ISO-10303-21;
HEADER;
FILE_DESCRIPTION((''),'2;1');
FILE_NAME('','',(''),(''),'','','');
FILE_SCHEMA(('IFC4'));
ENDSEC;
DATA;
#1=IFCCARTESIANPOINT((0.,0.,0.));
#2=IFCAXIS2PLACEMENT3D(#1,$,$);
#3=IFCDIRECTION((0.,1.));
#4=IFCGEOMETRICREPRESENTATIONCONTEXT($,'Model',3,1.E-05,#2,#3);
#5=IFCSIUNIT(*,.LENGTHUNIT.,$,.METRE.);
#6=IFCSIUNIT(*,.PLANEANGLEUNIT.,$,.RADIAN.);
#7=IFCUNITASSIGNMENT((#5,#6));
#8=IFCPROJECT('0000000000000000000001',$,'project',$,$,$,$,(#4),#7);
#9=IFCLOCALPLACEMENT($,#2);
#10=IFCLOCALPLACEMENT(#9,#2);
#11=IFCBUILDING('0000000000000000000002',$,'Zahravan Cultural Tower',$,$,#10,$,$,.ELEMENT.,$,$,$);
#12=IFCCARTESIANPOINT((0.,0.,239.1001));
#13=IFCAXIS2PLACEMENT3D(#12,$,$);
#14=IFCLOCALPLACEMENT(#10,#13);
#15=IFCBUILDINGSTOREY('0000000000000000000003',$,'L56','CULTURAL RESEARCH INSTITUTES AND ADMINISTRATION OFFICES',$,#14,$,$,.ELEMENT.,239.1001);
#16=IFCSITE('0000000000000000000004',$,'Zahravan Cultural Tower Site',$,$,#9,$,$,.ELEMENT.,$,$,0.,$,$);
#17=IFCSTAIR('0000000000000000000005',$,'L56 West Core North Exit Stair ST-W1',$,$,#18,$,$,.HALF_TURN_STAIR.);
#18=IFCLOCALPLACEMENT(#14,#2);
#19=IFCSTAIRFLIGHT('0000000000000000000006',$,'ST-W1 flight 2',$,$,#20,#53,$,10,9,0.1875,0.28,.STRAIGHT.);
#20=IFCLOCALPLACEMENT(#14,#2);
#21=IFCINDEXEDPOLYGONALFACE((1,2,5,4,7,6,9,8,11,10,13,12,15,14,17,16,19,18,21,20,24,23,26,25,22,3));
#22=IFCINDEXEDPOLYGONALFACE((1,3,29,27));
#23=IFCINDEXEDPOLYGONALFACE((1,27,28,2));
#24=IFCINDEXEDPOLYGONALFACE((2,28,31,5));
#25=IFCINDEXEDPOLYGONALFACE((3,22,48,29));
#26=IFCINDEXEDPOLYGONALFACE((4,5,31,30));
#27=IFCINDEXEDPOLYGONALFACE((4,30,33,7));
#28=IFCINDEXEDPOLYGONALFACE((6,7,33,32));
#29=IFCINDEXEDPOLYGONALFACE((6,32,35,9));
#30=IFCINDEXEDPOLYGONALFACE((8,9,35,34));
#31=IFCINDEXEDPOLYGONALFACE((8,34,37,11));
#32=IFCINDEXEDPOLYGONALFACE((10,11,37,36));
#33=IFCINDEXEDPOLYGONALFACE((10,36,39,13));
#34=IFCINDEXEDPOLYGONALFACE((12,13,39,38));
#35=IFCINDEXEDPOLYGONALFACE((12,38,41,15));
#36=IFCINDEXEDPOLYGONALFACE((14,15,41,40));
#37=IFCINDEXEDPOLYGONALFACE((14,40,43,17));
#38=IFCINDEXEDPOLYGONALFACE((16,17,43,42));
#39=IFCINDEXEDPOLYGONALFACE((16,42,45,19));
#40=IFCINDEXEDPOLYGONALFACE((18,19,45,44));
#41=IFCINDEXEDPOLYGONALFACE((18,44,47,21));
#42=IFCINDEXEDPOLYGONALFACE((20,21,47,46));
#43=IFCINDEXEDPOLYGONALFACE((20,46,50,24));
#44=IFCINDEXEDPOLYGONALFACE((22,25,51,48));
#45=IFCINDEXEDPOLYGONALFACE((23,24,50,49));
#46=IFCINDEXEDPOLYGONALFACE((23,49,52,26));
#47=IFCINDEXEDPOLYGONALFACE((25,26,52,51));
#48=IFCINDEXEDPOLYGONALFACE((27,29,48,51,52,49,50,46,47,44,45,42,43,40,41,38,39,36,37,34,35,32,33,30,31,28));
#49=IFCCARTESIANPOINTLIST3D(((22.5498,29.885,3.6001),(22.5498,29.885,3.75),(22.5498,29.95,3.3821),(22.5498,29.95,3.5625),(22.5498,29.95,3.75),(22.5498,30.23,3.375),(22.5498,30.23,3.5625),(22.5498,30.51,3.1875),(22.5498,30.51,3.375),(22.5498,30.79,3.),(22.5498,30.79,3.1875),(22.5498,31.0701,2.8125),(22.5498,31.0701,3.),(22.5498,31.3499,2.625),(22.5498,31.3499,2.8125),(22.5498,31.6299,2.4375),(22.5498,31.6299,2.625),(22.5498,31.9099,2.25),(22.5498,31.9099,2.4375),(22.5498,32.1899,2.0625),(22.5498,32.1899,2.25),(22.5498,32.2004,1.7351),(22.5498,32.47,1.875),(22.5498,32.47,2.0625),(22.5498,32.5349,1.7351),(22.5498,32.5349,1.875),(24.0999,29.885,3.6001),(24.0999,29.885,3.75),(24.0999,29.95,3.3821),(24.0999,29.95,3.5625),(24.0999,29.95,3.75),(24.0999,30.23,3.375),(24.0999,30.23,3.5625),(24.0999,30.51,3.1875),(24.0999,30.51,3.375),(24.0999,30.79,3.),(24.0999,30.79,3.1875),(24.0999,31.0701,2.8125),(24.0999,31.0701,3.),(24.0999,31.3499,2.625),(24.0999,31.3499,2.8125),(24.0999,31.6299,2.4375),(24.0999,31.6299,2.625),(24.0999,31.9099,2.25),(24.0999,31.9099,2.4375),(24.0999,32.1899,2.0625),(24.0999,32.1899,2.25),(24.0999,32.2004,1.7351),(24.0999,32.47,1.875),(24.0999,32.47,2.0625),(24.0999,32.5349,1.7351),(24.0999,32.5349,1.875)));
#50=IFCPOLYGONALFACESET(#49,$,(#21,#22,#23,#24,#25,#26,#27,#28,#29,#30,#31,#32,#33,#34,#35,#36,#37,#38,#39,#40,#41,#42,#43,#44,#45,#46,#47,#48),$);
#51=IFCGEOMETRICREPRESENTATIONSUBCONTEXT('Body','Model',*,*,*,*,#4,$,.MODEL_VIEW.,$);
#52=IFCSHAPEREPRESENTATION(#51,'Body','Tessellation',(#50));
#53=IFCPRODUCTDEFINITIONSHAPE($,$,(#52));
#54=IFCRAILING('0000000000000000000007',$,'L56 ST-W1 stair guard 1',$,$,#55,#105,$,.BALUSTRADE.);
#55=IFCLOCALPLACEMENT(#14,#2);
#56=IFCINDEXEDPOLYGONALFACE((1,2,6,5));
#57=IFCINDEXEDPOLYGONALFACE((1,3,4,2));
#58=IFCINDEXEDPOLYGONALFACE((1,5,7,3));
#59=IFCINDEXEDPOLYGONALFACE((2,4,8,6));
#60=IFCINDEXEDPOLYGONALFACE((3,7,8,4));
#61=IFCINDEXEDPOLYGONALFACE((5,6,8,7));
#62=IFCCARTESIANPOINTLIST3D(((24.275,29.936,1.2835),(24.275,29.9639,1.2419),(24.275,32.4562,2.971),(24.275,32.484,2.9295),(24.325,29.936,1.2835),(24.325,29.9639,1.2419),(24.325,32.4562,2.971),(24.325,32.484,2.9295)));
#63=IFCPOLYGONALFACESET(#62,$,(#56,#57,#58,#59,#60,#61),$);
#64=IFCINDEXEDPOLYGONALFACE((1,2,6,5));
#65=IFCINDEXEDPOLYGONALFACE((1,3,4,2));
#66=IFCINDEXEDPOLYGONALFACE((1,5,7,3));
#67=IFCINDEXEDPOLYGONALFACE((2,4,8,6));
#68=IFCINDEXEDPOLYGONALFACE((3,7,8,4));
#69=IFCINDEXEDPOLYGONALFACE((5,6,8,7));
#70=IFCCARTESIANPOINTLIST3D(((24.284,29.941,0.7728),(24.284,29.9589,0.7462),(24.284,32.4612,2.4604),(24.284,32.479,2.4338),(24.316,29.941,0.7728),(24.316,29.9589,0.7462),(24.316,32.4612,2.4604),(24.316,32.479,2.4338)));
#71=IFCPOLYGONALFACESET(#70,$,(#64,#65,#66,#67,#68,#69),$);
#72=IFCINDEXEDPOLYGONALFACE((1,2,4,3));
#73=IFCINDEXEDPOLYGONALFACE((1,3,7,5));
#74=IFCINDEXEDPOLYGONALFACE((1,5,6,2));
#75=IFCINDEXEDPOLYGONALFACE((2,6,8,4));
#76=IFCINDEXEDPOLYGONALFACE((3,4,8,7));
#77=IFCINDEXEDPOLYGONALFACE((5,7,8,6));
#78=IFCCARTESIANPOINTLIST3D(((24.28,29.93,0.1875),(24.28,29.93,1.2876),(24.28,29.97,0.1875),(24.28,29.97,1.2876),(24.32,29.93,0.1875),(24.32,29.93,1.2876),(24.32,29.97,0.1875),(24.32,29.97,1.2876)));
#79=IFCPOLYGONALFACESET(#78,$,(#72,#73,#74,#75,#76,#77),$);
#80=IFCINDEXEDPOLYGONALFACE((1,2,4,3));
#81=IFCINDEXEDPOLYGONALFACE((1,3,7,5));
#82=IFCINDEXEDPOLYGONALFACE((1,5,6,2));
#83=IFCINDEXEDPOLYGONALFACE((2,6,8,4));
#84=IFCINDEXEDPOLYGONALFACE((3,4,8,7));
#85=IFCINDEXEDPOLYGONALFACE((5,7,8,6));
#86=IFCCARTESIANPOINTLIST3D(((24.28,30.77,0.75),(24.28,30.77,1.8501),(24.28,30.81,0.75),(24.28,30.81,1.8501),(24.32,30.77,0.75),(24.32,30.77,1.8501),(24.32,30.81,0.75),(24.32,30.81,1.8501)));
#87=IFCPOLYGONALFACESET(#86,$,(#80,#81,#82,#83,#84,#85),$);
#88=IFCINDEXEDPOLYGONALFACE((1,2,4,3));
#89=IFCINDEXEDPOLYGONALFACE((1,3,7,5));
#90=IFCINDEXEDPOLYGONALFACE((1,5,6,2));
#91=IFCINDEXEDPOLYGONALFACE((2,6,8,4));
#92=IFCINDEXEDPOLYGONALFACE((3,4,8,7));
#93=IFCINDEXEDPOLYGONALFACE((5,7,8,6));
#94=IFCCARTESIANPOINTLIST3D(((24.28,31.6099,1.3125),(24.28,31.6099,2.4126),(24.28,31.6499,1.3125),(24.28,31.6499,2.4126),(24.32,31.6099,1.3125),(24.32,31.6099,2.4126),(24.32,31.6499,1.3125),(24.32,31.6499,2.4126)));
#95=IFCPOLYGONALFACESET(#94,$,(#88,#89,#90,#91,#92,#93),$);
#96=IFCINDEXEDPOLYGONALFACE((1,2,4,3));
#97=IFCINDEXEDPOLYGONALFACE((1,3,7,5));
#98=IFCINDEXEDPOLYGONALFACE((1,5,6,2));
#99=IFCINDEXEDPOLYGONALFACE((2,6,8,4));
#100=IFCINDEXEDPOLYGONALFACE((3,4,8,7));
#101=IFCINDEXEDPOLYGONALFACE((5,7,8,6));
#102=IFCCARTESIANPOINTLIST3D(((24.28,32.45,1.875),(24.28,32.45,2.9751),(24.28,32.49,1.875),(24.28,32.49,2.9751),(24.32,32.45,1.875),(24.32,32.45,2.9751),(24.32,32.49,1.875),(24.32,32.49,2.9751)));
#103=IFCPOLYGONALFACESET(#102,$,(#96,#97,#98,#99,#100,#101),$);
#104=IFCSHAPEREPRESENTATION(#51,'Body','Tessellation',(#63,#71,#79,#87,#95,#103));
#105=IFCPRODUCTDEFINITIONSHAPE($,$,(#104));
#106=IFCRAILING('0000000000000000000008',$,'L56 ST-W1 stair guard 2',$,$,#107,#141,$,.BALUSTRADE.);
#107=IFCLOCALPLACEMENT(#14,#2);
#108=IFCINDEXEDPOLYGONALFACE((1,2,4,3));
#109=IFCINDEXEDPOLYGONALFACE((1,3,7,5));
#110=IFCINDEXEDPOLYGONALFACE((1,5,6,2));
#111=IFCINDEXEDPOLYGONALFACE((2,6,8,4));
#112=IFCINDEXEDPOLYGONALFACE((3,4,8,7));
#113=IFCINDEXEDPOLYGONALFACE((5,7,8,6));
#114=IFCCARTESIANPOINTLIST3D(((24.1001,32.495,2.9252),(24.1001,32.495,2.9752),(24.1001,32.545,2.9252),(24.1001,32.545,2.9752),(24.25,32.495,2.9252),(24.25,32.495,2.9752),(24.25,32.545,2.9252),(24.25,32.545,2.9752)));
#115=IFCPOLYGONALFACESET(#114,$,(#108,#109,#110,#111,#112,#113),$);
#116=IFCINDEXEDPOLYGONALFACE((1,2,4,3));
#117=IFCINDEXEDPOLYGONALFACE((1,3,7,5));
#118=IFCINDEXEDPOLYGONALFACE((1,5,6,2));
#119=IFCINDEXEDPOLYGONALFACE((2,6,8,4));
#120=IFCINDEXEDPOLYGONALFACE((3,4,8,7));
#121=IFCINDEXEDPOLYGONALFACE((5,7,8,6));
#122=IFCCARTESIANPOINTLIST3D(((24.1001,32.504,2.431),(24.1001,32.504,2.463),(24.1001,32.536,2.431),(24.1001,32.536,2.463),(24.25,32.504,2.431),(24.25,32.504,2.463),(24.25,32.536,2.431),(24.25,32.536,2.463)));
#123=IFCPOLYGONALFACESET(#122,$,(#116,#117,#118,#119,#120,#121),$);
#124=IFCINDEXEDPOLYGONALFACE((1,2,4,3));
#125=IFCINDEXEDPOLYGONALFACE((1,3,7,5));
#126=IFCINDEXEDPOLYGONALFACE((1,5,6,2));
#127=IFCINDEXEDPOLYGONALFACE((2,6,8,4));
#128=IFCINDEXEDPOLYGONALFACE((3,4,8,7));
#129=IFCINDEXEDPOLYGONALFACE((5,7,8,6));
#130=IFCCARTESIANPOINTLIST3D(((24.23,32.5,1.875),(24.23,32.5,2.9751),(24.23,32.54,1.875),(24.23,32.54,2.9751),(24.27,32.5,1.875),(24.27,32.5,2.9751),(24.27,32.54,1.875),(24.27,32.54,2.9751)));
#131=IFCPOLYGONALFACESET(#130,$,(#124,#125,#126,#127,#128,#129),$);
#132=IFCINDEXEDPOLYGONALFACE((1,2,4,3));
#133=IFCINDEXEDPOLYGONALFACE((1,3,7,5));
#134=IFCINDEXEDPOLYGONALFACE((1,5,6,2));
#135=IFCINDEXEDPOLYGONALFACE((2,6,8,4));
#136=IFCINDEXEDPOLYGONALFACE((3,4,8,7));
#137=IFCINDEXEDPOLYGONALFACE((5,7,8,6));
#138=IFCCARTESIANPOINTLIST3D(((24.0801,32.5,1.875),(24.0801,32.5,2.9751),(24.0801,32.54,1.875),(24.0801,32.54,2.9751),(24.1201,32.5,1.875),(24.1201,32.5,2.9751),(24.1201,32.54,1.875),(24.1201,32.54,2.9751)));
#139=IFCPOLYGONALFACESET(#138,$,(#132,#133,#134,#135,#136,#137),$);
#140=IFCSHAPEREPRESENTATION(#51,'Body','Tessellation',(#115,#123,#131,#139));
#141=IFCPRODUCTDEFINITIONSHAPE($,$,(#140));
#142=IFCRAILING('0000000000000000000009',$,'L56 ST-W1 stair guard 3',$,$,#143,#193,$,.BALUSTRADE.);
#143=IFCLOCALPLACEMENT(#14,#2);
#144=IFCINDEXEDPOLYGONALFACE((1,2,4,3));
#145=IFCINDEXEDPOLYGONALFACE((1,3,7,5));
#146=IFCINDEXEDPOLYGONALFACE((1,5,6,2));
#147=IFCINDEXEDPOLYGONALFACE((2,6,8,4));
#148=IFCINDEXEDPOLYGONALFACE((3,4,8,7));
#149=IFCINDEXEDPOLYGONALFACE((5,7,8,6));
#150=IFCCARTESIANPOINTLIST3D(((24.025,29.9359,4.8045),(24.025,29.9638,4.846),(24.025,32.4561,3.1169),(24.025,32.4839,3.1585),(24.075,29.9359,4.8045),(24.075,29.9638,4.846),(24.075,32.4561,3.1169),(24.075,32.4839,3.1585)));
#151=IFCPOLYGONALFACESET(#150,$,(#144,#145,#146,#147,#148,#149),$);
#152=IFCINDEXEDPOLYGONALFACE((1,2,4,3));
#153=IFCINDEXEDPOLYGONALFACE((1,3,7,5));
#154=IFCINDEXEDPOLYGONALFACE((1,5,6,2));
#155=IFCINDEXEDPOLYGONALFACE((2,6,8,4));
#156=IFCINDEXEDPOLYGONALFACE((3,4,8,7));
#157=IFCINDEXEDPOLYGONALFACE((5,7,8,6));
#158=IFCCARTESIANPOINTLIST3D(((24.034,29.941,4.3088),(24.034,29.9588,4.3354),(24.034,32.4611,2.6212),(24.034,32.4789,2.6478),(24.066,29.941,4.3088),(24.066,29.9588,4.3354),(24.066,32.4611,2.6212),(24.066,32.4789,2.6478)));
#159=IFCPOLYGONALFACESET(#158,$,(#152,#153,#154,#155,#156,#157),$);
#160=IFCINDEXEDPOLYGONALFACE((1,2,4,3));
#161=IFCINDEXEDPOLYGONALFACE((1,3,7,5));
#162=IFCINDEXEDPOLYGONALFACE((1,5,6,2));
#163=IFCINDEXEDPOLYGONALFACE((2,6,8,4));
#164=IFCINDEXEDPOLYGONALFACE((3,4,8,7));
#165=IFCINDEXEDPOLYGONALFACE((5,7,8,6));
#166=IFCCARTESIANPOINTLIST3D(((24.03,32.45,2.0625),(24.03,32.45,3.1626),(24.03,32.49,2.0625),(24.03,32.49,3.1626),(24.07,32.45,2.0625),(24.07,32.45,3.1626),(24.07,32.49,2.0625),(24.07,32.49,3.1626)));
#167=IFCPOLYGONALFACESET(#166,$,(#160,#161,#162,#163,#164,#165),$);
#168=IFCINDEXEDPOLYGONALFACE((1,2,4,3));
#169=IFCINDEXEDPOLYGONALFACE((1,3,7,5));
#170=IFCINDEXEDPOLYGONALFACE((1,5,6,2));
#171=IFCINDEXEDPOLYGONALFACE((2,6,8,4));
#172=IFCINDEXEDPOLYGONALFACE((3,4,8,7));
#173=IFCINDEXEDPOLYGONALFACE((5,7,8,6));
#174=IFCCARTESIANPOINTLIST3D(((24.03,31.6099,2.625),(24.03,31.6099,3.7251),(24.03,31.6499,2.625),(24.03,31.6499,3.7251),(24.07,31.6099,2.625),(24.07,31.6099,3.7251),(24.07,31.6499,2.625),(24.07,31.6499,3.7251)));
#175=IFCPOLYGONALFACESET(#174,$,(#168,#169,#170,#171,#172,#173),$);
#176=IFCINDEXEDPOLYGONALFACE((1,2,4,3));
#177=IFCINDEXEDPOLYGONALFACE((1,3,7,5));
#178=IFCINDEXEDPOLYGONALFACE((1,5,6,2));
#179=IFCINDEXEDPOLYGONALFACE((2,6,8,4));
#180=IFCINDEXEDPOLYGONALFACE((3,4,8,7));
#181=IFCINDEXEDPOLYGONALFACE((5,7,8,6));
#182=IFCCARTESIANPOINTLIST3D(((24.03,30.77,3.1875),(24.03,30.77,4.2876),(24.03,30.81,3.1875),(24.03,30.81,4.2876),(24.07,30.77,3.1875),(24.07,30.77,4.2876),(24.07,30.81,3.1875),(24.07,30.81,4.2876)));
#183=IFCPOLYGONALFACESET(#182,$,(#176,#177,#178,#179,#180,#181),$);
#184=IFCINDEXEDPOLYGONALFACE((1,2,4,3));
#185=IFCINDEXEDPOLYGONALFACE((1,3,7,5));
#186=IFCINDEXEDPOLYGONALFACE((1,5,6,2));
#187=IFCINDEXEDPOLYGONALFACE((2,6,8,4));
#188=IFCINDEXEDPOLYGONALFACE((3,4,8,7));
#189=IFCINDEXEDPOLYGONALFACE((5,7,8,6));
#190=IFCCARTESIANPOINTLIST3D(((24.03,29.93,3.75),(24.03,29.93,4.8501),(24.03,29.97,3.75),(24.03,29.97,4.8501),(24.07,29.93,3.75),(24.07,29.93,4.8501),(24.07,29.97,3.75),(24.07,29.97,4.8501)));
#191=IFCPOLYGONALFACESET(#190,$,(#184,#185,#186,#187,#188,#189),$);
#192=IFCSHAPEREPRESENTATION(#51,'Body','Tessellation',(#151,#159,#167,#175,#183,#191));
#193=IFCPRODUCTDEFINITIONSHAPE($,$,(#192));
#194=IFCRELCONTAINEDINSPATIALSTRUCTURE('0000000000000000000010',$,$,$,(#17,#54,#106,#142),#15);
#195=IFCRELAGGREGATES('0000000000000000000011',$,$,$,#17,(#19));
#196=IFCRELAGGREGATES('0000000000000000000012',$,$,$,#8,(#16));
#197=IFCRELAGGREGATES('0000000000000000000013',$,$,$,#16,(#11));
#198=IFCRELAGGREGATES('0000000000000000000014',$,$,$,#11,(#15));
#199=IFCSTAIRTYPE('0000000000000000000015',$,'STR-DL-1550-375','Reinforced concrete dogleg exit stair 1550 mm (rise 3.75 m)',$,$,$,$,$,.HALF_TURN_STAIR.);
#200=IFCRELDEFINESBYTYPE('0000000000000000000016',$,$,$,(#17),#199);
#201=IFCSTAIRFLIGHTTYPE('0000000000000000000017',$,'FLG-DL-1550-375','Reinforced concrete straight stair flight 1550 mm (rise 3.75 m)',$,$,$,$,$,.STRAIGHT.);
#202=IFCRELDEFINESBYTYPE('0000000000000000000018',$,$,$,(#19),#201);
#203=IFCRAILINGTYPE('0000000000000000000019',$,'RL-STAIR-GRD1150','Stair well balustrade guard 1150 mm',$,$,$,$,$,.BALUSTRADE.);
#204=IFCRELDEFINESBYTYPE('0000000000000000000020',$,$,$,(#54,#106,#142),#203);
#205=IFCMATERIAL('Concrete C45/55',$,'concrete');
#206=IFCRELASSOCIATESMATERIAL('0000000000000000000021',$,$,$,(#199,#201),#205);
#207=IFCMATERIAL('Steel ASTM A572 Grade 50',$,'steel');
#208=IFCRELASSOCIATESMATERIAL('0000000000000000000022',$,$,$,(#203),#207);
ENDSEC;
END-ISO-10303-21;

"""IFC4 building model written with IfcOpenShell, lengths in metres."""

from ifc_helpers import new_model, si_unit, direction, frame, origin, origin_2d, place, context, subcontext, project, spatial, polyline, rectangle, outline, extrude, material, type_object, element, aggregate, save


model = new_model("IFC4")

# Units and contexts
model_context = context("Model", 3, precision=1e-05, world=origin(), true_north=direction((0.0, 1.0)))
body_context = subcontext(model_context, "Body", "Model", "MODEL_VIEW")
ifc_project = project(units=[si_unit("LENGTHUNIT", "METRE"), si_unit("PLANEANGLEUNIT", "RADIAN")], contexts=[model_context])

# Site, building, storey
site_placement = place(None, origin())
site = spatial("IfcSite", under=ifc_project, at=site_placement, Name="Zahravan Cultural Tower Site", CompositionType="ELEMENT", RefElevation=0.0)
building_placement = place(site_placement, origin())
building = spatial("IfcBuilding", under=site, at=building_placement, Name="Zahravan Cultural Tower", CompositionType="ELEMENT")
storey_placement = place(building_placement, frame((0.0, 0.0, 239.1001)))
storey = spatial("IfcBuildingStorey", under=building, at=storey_placement, Name="L56", Description="CULTURAL RESEARCH INSTITUTES AND ADMINISTRATION OFFICES", CompositionType="ELEMENT", Elevation=239.1001)

# Shared definitions
ifc_material_1 = material(Name="Concrete C45/55", Category="concrete")

# Stair, stair flight
stair_type = type_object("IfcStairType", Name="STR-DL-1550-375", Description="Reinforced concrete dogleg exit stair 1550 mm (rise 3.75 m)", PredefinedType="HALF_TURN_STAIR", material=ifc_material_1)
stair_placement = place(storey_placement, origin())
stair = element("IfcStair", 1, at=stair_placement, inside=storey, type_object=stair_type, Name="L56 West Core North Exit Stair ST-W1", PredefinedType="HALF_TURN_STAIR")
stair_flight_type = type_object("IfcStairFlightType", Name="FLG-DL-1550-375", Description="Reinforced concrete straight stair flight 1550 mm (rise 3.75 m)", PredefinedType="STRAIGHT", material=ifc_material_1)
stair_flight_1_placement = place(storey_placement, frame((23.325, 32.47, 1.875), z_axis=(0.0, 0.0, 1.0), x_axis=(0.0, -1.0, 0.0)))
stair_flight_1 = element("IfcStairFlight", 2, at=stair_flight_1_placement, type_object=stair_flight_type, Name="ST-W1 flight 2", NumberOfRisers=10, NumberOfTreads=9, PredefinedType="STRAIGHT", RiserHeight=0.1875, TreadLength=0.28, context=body_context, shape_type="SweptSolid", body=[
    extrude(outline(polyline([(-0.0649, -0.1399), (-0.0649, 0.0), (0.0, 0.0), (0.0, 0.1875), (0.28, 0.1875), (0.28, 0.375), (0.5601, 0.375), (0.5601, 0.5625), (0.8401, 0.5625), (0.8401, 0.75), (1.1201, 0.75), (1.1201, 0.9375), (1.3999, 0.9375), (1.3999, 1.125), (1.6799, 1.125), (1.6799, 1.3125), (1.96, 1.3125), (1.96, 1.5), (2.24, 1.5), (2.24, 1.6875), (2.52, 1.6875), (2.52, 1.875), (2.585, 1.875), (2.585, 1.7251), (2.52, 1.5071), (0.2695, -0.1399), (-0.0649, -0.1399)])), frame((0.0, 0.7749, 0.0), z_axis=(0.0, -1.0, 0.0), x_axis=(1.0, 0.0, 0.0)), (0.0, 0.0, 1.0), 1.55),
])
aggregate(stair, [stair_flight_1])

# Railings
ifc_material_2 = material(Name="Steel ASTM A572 Grade 50", Category="steel")
railing_type_1 = type_object("IfcRailingType", Name="RL-STAIR-GRD1150", Description="Stair well balustrade guard 1150 mm", PredefinedType="BALUSTRADE", material=ifc_material_2)
railing_1_placement = place(storey_placement, frame((24.3, 29.95, 0.1875)))
element("IfcRailing", 3, at=railing_1_placement, inside=storey, type_object=railing_type_1, Name="L56 ST-W1 stair guard 1", PredefinedType="BALUSTRADE", context=body_context, shape_type="SweptSolid", body=[
    extrude(rectangle(XDim=0.05, YDim=0.05, at=origin_2d()), frame((0.0, 0.0, 1.0752), z_axis=(0.0, 0.830909, 0.556408), x_axis=(-1.0, 0.0, 0.0)), (0.0, 0.0, 1.0), 3.033),
    extrude(rectangle(XDim=0.032, YDim=0.032, at=origin_2d()), frame((0.0, 0.0, 0.572), z_axis=(0.0, 0.830909, 0.556408), x_axis=(-1.0, 0.0, 0.0)), (0.0, 0.0, 1.0), 3.033),
    extrude(rectangle(XDim=0.04, YDim=0.04, at=origin_2d()), origin(), (0.0, 0.0, 1.0), 1.1001),
    extrude(rectangle(XDim=0.04, YDim=0.04, at=origin_2d()), frame((0.0, 0.8401, 0.5625)), (0.0, 0.0, 1.0), 1.1001),
    extrude(rectangle(XDim=0.04, YDim=0.04, at=origin_2d()), frame((0.0, 1.6799, 1.125)), (0.0, 0.0, 1.0), 1.1001),
    extrude(rectangle(XDim=0.04, YDim=0.04, at=origin_2d()), frame((0.0, 2.52, 1.6875)), (0.0, 0.0, 1.0), 1.1001),
])
railing_2_placement = place(storey_placement, frame((24.25, 32.52, 1.875)))
element("IfcRailing", 4, at=railing_2_placement, inside=storey, type_object=railing_type_1, Name="L56 ST-W1 stair guard 2", PredefinedType="BALUSTRADE", context=body_context, shape_type="SweptSolid", body=[
    extrude(rectangle(XDim=0.05, YDim=0.05, at=origin_2d()), frame((0.0, 0.0, 1.0752), z_axis=(-1.0, 0.0, 0.0), x_axis=(0.0, -1.0, 0.0)), (0.0, 0.0, 1.0), 0.1499),
    extrude(rectangle(XDim=0.032, YDim=0.032, at=origin_2d()), frame((0.0, 0.0, 0.572), z_axis=(-1.0, 0.0, 0.0), x_axis=(0.0, -1.0, 0.0)), (0.0, 0.0, 1.0), 0.1499),
    extrude(rectangle(XDim=0.04, YDim=0.04, at=origin_2d()), origin(), (0.0, 0.0, 1.0), 1.1001),
    extrude(rectangle(XDim=0.04, YDim=0.04, at=origin_2d()), frame((-0.1499, 0.0, 0.0)), (0.0, 0.0, 1.0), 1.1001),
])
railing_3_placement = place(storey_placement, frame((24.05, 32.47, 2.0625)))
element("IfcRailing", 5, at=railing_3_placement, inside=storey, type_object=railing_type_1, Name="L56 ST-W1 stair guard 3", PredefinedType="BALUSTRADE", context=body_context, shape_type="SweptSolid", body=[
    extrude(rectangle(XDim=0.05, YDim=0.05, at=origin_2d()), frame((0.0, 0.0, 1.0752), z_axis=(0.0, -0.830909, 0.556408), x_axis=(1.0, 0.0, 0.0)), (0.0, 0.0, 1.0), 3.033),
    extrude(rectangle(XDim=0.032, YDim=0.032, at=origin_2d()), frame((0.0, 0.0, 0.572), z_axis=(0.0, -0.830909, 0.556408), x_axis=(1.0, 0.0, 0.0)), (0.0, 0.0, 1.0), 3.033),
    extrude(rectangle(XDim=0.04, YDim=0.04, at=origin_2d()), origin(), (0.0, 0.0, 1.0), 1.1001),
    extrude(rectangle(XDim=0.04, YDim=0.04, at=origin_2d()), frame((0.0, -0.8401, 0.5625)), (0.0, 0.0, 1.0), 1.1001),
    extrude(rectangle(XDim=0.04, YDim=0.04, at=origin_2d()), frame((0.0, -1.6799, 1.125)), (0.0, 0.0, 1.0), 1.1001),
    extrude(rectangle(XDim=0.04, YDim=0.04, at=origin_2d()), frame((0.0, -2.52, 1.6875)), (0.0, 0.0, 1.0), 1.1001),
])

save(model, "model.ifc")
